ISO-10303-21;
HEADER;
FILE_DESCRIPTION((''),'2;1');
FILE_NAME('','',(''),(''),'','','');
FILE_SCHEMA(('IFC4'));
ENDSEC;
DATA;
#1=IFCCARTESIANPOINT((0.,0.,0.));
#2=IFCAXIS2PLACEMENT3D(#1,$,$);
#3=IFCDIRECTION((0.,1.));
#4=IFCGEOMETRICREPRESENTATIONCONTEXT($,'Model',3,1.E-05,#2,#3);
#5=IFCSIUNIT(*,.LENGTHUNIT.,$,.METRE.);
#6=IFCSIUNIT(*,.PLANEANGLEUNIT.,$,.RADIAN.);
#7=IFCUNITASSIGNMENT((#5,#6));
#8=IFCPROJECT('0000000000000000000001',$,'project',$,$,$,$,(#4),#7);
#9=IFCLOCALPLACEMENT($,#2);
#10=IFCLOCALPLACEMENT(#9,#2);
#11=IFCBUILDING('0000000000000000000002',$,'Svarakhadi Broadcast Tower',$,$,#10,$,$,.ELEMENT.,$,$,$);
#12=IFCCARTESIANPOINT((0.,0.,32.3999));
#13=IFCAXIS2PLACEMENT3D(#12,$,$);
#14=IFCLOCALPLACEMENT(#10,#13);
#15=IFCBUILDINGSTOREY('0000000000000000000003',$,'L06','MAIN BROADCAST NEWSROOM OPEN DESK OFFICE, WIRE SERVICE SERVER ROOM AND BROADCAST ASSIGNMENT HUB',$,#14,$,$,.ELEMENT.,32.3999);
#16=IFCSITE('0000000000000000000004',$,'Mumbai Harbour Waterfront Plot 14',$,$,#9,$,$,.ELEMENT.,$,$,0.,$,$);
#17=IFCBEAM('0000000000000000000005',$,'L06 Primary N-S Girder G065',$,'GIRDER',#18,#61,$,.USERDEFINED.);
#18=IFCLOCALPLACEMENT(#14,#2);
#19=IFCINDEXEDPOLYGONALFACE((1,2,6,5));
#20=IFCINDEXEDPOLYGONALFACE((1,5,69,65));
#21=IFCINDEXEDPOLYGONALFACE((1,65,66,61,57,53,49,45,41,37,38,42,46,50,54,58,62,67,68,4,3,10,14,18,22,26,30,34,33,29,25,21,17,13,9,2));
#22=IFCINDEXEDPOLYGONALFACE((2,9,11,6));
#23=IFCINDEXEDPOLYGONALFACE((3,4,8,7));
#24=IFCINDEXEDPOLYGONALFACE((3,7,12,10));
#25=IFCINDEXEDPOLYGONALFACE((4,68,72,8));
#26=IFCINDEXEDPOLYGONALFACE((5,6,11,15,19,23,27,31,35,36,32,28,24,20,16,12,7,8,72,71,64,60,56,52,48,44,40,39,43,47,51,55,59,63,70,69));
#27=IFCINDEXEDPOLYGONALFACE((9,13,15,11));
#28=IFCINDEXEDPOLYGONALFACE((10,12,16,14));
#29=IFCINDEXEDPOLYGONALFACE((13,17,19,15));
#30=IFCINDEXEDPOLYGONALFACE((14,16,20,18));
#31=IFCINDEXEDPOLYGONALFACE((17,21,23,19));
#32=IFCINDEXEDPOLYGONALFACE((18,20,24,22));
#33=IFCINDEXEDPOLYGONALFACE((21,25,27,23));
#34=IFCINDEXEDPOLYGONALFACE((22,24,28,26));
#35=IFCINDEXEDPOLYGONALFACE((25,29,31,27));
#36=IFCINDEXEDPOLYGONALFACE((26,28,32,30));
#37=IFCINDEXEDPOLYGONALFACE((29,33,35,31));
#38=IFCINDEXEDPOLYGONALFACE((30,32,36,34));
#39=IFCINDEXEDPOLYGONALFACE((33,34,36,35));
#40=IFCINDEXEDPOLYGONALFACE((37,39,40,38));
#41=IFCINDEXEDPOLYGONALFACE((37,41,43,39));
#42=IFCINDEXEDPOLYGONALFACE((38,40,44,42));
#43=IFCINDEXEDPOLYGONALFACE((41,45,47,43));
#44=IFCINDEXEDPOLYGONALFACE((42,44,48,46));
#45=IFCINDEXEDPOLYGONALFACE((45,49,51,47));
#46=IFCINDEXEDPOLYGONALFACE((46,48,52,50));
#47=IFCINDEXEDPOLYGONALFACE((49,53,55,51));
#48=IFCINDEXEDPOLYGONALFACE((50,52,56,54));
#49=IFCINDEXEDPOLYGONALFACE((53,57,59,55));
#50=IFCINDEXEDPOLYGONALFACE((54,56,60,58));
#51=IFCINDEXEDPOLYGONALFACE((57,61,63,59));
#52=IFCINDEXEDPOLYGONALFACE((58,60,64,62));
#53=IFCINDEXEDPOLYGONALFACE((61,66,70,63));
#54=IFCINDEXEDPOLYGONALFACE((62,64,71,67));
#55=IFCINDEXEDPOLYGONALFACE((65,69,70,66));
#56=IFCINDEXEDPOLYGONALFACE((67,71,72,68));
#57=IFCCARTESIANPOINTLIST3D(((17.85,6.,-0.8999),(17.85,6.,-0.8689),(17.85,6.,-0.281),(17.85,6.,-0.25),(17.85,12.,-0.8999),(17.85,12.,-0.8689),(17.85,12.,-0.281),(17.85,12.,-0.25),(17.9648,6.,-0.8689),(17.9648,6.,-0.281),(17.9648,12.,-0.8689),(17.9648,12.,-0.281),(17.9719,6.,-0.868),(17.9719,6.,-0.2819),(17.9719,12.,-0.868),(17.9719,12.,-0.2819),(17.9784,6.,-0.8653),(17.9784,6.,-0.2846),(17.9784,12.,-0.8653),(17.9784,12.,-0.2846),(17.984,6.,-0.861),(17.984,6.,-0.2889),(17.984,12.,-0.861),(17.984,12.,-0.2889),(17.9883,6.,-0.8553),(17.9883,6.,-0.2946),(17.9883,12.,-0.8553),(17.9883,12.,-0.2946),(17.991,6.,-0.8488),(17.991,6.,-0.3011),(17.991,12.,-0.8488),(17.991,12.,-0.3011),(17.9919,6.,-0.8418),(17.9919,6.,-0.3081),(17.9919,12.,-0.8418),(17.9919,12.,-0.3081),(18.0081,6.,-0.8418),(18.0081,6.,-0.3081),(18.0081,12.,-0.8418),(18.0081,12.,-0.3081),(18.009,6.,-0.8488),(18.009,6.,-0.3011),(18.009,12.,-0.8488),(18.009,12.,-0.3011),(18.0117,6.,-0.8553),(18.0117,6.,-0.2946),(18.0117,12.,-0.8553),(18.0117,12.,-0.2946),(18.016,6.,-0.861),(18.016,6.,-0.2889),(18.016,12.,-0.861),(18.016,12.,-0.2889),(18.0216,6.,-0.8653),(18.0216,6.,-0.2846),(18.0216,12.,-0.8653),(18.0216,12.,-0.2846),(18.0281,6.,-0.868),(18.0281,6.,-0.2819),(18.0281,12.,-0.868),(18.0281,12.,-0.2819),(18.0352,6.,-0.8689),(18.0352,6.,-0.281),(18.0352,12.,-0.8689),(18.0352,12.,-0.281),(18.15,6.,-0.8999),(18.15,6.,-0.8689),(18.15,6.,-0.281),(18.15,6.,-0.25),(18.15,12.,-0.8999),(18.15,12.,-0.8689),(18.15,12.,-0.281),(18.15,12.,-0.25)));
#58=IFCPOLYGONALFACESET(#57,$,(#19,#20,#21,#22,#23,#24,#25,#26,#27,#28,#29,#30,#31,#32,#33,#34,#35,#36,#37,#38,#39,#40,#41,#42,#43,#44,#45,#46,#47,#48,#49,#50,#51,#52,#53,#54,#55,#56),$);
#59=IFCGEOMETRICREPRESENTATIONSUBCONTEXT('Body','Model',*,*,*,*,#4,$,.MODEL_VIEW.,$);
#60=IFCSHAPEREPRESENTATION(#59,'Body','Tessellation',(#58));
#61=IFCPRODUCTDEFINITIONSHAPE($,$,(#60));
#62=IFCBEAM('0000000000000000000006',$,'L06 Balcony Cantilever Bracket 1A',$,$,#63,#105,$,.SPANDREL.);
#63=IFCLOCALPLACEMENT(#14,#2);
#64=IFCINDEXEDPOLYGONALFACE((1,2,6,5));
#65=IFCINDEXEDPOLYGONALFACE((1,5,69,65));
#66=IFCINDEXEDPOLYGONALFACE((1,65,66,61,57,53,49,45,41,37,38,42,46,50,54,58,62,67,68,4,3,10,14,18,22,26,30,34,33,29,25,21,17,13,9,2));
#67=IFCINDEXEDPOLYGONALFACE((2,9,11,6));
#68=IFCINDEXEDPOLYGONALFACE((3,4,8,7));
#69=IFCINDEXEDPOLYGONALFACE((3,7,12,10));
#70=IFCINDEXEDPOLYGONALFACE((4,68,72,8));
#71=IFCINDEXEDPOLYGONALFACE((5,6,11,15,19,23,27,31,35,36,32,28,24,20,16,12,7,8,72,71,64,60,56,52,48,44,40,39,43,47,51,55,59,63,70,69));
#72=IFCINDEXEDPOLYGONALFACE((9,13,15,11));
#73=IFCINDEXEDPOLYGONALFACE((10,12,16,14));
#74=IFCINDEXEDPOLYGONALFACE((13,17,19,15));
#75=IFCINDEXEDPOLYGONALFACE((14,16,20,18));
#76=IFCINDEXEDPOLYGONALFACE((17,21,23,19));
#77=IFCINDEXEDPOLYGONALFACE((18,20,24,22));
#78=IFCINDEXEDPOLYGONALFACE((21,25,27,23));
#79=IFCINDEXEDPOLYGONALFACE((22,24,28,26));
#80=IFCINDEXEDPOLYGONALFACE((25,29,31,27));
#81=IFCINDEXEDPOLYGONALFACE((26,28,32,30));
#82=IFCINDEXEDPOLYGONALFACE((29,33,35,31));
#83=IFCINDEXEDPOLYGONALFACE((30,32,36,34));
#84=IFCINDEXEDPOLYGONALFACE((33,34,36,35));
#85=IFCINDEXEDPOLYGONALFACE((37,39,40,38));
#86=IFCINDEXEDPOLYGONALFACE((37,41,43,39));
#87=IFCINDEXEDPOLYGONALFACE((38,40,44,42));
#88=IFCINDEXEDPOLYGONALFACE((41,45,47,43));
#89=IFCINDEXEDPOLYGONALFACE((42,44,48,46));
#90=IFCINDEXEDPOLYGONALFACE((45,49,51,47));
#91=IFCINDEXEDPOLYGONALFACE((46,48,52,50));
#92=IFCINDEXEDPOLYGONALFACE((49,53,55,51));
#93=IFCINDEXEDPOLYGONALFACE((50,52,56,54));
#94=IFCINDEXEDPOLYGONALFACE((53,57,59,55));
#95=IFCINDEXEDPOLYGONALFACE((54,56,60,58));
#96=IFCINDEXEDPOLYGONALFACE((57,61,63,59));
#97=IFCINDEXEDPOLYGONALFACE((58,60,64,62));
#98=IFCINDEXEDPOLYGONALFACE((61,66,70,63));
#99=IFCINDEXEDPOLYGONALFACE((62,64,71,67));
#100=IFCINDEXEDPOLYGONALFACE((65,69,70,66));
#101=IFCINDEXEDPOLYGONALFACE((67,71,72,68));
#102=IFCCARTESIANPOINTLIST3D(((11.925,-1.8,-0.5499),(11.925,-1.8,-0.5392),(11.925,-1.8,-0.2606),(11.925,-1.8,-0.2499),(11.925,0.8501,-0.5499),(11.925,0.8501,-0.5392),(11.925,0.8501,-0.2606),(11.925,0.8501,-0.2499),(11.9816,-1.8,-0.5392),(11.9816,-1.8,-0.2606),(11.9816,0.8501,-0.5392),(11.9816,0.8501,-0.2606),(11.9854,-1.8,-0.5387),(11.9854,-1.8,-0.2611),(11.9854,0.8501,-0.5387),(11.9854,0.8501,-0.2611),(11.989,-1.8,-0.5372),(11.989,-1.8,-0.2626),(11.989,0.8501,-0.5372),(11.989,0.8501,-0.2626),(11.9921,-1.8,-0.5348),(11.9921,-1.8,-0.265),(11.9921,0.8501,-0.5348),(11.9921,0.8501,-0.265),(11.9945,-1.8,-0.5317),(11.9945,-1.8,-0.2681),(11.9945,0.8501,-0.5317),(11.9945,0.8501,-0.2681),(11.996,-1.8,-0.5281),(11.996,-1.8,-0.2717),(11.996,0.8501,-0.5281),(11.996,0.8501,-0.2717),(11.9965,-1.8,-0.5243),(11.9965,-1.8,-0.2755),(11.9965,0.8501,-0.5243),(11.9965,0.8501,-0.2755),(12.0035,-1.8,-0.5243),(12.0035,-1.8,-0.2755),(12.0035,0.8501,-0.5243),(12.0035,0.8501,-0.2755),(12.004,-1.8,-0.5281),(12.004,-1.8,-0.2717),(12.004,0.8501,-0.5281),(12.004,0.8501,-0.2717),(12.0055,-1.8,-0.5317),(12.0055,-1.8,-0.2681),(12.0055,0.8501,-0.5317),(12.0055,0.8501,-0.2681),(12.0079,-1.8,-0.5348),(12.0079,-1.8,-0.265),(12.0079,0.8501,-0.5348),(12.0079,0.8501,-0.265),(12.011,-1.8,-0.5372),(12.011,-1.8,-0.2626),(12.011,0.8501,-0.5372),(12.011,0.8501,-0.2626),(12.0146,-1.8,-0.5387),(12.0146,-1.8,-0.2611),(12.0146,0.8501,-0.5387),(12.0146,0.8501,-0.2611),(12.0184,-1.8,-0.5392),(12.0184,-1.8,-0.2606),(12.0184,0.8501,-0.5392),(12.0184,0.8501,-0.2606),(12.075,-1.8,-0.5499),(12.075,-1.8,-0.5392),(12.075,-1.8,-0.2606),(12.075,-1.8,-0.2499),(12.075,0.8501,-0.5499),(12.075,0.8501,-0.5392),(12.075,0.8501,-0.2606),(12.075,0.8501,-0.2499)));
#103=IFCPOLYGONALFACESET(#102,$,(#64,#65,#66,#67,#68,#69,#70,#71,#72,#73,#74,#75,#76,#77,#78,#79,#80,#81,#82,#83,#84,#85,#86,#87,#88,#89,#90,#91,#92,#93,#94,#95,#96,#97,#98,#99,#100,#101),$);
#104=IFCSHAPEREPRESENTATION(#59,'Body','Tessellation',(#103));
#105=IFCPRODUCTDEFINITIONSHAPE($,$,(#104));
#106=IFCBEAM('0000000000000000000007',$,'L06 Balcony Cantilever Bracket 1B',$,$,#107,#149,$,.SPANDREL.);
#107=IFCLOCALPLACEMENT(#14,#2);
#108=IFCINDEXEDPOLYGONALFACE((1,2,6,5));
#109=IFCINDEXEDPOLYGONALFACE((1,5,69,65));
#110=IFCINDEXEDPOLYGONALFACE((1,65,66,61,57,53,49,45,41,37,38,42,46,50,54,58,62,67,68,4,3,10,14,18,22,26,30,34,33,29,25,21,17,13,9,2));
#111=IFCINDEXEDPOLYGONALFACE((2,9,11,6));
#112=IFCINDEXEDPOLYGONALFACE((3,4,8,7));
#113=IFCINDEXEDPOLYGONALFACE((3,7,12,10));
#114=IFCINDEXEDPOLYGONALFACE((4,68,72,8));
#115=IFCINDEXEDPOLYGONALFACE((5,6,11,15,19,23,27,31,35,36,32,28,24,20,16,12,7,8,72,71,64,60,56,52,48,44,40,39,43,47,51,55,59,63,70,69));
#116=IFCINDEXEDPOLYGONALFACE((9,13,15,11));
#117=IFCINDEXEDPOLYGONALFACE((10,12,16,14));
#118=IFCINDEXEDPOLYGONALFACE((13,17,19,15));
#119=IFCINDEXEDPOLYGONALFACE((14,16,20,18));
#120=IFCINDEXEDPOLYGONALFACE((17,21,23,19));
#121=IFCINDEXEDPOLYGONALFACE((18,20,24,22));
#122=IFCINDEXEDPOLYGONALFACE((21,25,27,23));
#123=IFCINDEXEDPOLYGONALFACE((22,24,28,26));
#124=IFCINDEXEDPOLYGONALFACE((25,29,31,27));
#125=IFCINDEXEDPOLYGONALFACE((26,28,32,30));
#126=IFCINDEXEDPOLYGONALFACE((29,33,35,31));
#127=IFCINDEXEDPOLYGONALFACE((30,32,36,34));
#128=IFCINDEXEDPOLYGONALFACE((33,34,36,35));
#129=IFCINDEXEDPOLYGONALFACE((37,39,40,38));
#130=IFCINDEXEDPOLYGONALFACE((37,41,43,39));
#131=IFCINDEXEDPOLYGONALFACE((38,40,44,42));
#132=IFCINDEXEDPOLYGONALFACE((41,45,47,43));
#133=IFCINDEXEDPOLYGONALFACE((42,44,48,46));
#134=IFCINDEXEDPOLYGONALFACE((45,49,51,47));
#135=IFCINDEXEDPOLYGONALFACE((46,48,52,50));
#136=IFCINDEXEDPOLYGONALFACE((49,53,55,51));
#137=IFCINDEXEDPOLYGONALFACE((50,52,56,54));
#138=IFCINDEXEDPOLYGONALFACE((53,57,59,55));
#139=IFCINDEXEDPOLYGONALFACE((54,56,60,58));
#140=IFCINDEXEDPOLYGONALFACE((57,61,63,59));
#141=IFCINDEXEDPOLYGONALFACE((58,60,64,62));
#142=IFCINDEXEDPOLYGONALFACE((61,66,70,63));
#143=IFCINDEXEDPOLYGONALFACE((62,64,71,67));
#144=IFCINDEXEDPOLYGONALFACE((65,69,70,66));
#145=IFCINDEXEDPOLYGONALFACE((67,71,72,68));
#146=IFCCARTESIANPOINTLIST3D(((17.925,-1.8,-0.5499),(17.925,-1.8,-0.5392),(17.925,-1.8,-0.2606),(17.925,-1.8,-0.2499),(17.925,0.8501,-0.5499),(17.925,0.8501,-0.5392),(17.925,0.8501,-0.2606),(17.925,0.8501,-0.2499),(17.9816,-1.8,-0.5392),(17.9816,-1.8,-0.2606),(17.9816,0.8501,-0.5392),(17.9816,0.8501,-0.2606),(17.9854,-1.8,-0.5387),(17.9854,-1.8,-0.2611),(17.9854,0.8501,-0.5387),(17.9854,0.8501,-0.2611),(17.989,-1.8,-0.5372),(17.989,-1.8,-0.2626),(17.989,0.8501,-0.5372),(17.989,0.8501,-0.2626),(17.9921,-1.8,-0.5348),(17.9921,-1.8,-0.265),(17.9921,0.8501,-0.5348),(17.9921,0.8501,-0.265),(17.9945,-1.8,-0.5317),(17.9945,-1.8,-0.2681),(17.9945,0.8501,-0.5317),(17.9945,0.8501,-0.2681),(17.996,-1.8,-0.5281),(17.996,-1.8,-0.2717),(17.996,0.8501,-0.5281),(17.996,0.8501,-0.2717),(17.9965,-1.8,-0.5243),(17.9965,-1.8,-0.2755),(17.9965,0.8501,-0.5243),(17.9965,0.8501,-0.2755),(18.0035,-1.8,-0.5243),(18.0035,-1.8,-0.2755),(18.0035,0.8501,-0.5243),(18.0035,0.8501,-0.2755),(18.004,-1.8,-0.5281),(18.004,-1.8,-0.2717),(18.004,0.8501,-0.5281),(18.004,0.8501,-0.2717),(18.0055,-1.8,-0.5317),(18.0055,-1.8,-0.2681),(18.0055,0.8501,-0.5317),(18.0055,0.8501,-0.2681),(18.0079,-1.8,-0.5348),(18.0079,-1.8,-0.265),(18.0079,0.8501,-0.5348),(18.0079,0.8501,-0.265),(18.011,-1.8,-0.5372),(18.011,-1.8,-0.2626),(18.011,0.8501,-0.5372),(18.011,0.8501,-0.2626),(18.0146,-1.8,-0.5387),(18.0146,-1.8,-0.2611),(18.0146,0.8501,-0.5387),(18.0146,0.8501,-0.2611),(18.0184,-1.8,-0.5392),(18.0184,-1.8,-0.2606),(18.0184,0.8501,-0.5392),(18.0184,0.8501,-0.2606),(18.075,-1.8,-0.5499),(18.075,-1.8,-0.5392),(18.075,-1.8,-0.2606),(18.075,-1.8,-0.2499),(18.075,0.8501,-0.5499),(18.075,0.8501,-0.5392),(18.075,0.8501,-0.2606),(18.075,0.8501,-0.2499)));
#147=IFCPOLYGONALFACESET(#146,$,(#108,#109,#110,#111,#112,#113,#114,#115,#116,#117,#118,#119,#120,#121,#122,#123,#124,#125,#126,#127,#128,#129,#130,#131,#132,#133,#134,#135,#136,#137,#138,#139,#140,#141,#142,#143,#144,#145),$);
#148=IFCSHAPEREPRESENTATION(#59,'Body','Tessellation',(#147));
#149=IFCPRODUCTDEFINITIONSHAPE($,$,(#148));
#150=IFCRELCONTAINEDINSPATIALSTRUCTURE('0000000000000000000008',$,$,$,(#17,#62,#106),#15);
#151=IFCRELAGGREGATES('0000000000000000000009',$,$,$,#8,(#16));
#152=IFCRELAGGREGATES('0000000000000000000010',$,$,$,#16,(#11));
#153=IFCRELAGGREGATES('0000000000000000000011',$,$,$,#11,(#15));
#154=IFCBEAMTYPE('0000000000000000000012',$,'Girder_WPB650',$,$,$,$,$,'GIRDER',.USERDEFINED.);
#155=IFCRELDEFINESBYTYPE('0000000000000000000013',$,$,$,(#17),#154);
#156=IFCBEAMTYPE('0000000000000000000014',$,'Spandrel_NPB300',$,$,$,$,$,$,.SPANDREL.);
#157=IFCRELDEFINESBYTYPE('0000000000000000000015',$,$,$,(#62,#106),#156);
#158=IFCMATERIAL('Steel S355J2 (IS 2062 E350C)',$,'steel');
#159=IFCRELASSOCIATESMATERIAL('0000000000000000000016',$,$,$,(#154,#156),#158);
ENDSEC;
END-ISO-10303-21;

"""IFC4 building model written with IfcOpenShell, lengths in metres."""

from ifc_helpers import new_model, si_unit, direction, frame, origin, origin_2d, place, context, subcontext, project, spatial, i_section, extrude, material, material_profile, profile_set, type_object, element, save


model = new_model("IFC4")

# Units and contexts
model_context = context("Model", 3, precision=1e-05, world=origin(), true_north=direction((0.0, 1.0)))
body_context = subcontext(model_context, "Body", "Model", "MODEL_VIEW")
ifc_project = project(units=[si_unit("LENGTHUNIT", "METRE"), si_unit("PLANEANGLEUNIT", "RADIAN")], contexts=[model_context])

# Site, building, storey
site_placement = place(None, origin())
site = spatial("IfcSite", under=ifc_project, at=site_placement, Name="Mumbai Harbour Waterfront Plot 14", CompositionType="ELEMENT", RefElevation=0.0)
building_placement = place(site_placement, origin())
building = spatial("IfcBuilding", under=site, at=building_placement, Name="Svarakhadi Broadcast Tower", CompositionType="ELEMENT")
storey_placement = place(building_placement, frame((0.0, 0.0, 32.3999)))
storey = spatial("IfcBuildingStorey", under=building, at=storey_placement, Name="L06", Description="MAIN BROADCAST NEWSROOM OPEN DESK OFFICE, WIRE SERVICE SERVER ROOM AND BROADCAST ASSIGNMENT HUB", CompositionType="ELEMENT", Elevation=32.3999)

# Shared definitions
ifc_material_1 = material(Name="Steel S355J2 (IS 2062 E350C)", Category="steel")

# Beams
ifc_material_profile_1 = material_profile(ifc_material_1, i_section(OverallWidth=0.3, OverallDepth=0.6499, WebThickness=0.0161, FlangeThickness=0.031, FilletRadius=0.0271, at=origin_2d()), Name="WPB 650x300x225")
ifc_profile_set_1 = profile_set([ifc_material_profile_1], Name="Steel S355J2 (IS 2062 E350C)")
beam_type_1 = type_object("IfcBeamType", Name="Girder_WPB650", ElementType="GIRDER", PredefinedType="USERDEFINED", material=ifc_profile_set_1)
beam_1_placement = place(storey_placement, frame((18.0, 6.0, -0.575), z_axis=(0.0, 1.0, 0.0), x_axis=(-1.0, 0.0, 0.0)))
element("IfcBeam", 1, at=beam_1_placement, inside=storey, type_object=beam_type_1, Name="L06 Primary N-S Girder G065", ObjectType="GIRDER", PredefinedType="USERDEFINED", context=body_context, shape_type="SweptSolid", body=[
    extrude(i_section(OverallWidth=0.3, OverallDepth=0.6499, WebThickness=0.0161, FlangeThickness=0.031, FilletRadius=0.0271, at=origin_2d()), origin(), (0.0, 0.0, 1.0), 6.0),
])
ifc_material_profile_2 = material_profile(ifc_material_1, i_section(OverallWidth=0.1499, OverallDepth=0.3, WebThickness=0.0071, FlangeThickness=0.0107, FilletRadius=0.0149, at=origin_2d()), Name="NPB 300x150x37")
ifc_profile_set_2 = profile_set([ifc_material_profile_2], Name="Steel S355J2 (IS 2062 E350C)")
beam_type_2 = type_object("IfcBeamType", Name="Spandrel_NPB300", PredefinedType="SPANDREL", material=ifc_profile_set_2)
for number, where, z_axis, x_axis, name in (
    (2, (12.0, 0.8501, -0.3999), (0.0, -1.0, 0.0), (1.0, 0.0, 0.0), "L06 Balcony Cantilever Bracket 1A"),
    (3, (18.0, 0.8501, -0.3999), (0.0, -1.0, 0.0), (1.0, 0.0, 0.0), "L06 Balcony Cantilever Bracket 1B"),
):
    element("IfcBeam", number, at=place(storey_placement, frame(where, z_axis=z_axis, x_axis=x_axis)), inside=storey, type_object=beam_type_2, Name=name, PredefinedType="SPANDREL", context=body_context, shape_type="SweptSolid", body=[
        extrude(i_section(OverallWidth=0.1499, OverallDepth=0.3, WebThickness=0.0071, FlangeThickness=0.0107, FilletRadius=0.0149, at=origin_2d()), origin(), (0.0, 0.0, 1.0), 2.6501),
    ])

save(model, "model.ifc")
